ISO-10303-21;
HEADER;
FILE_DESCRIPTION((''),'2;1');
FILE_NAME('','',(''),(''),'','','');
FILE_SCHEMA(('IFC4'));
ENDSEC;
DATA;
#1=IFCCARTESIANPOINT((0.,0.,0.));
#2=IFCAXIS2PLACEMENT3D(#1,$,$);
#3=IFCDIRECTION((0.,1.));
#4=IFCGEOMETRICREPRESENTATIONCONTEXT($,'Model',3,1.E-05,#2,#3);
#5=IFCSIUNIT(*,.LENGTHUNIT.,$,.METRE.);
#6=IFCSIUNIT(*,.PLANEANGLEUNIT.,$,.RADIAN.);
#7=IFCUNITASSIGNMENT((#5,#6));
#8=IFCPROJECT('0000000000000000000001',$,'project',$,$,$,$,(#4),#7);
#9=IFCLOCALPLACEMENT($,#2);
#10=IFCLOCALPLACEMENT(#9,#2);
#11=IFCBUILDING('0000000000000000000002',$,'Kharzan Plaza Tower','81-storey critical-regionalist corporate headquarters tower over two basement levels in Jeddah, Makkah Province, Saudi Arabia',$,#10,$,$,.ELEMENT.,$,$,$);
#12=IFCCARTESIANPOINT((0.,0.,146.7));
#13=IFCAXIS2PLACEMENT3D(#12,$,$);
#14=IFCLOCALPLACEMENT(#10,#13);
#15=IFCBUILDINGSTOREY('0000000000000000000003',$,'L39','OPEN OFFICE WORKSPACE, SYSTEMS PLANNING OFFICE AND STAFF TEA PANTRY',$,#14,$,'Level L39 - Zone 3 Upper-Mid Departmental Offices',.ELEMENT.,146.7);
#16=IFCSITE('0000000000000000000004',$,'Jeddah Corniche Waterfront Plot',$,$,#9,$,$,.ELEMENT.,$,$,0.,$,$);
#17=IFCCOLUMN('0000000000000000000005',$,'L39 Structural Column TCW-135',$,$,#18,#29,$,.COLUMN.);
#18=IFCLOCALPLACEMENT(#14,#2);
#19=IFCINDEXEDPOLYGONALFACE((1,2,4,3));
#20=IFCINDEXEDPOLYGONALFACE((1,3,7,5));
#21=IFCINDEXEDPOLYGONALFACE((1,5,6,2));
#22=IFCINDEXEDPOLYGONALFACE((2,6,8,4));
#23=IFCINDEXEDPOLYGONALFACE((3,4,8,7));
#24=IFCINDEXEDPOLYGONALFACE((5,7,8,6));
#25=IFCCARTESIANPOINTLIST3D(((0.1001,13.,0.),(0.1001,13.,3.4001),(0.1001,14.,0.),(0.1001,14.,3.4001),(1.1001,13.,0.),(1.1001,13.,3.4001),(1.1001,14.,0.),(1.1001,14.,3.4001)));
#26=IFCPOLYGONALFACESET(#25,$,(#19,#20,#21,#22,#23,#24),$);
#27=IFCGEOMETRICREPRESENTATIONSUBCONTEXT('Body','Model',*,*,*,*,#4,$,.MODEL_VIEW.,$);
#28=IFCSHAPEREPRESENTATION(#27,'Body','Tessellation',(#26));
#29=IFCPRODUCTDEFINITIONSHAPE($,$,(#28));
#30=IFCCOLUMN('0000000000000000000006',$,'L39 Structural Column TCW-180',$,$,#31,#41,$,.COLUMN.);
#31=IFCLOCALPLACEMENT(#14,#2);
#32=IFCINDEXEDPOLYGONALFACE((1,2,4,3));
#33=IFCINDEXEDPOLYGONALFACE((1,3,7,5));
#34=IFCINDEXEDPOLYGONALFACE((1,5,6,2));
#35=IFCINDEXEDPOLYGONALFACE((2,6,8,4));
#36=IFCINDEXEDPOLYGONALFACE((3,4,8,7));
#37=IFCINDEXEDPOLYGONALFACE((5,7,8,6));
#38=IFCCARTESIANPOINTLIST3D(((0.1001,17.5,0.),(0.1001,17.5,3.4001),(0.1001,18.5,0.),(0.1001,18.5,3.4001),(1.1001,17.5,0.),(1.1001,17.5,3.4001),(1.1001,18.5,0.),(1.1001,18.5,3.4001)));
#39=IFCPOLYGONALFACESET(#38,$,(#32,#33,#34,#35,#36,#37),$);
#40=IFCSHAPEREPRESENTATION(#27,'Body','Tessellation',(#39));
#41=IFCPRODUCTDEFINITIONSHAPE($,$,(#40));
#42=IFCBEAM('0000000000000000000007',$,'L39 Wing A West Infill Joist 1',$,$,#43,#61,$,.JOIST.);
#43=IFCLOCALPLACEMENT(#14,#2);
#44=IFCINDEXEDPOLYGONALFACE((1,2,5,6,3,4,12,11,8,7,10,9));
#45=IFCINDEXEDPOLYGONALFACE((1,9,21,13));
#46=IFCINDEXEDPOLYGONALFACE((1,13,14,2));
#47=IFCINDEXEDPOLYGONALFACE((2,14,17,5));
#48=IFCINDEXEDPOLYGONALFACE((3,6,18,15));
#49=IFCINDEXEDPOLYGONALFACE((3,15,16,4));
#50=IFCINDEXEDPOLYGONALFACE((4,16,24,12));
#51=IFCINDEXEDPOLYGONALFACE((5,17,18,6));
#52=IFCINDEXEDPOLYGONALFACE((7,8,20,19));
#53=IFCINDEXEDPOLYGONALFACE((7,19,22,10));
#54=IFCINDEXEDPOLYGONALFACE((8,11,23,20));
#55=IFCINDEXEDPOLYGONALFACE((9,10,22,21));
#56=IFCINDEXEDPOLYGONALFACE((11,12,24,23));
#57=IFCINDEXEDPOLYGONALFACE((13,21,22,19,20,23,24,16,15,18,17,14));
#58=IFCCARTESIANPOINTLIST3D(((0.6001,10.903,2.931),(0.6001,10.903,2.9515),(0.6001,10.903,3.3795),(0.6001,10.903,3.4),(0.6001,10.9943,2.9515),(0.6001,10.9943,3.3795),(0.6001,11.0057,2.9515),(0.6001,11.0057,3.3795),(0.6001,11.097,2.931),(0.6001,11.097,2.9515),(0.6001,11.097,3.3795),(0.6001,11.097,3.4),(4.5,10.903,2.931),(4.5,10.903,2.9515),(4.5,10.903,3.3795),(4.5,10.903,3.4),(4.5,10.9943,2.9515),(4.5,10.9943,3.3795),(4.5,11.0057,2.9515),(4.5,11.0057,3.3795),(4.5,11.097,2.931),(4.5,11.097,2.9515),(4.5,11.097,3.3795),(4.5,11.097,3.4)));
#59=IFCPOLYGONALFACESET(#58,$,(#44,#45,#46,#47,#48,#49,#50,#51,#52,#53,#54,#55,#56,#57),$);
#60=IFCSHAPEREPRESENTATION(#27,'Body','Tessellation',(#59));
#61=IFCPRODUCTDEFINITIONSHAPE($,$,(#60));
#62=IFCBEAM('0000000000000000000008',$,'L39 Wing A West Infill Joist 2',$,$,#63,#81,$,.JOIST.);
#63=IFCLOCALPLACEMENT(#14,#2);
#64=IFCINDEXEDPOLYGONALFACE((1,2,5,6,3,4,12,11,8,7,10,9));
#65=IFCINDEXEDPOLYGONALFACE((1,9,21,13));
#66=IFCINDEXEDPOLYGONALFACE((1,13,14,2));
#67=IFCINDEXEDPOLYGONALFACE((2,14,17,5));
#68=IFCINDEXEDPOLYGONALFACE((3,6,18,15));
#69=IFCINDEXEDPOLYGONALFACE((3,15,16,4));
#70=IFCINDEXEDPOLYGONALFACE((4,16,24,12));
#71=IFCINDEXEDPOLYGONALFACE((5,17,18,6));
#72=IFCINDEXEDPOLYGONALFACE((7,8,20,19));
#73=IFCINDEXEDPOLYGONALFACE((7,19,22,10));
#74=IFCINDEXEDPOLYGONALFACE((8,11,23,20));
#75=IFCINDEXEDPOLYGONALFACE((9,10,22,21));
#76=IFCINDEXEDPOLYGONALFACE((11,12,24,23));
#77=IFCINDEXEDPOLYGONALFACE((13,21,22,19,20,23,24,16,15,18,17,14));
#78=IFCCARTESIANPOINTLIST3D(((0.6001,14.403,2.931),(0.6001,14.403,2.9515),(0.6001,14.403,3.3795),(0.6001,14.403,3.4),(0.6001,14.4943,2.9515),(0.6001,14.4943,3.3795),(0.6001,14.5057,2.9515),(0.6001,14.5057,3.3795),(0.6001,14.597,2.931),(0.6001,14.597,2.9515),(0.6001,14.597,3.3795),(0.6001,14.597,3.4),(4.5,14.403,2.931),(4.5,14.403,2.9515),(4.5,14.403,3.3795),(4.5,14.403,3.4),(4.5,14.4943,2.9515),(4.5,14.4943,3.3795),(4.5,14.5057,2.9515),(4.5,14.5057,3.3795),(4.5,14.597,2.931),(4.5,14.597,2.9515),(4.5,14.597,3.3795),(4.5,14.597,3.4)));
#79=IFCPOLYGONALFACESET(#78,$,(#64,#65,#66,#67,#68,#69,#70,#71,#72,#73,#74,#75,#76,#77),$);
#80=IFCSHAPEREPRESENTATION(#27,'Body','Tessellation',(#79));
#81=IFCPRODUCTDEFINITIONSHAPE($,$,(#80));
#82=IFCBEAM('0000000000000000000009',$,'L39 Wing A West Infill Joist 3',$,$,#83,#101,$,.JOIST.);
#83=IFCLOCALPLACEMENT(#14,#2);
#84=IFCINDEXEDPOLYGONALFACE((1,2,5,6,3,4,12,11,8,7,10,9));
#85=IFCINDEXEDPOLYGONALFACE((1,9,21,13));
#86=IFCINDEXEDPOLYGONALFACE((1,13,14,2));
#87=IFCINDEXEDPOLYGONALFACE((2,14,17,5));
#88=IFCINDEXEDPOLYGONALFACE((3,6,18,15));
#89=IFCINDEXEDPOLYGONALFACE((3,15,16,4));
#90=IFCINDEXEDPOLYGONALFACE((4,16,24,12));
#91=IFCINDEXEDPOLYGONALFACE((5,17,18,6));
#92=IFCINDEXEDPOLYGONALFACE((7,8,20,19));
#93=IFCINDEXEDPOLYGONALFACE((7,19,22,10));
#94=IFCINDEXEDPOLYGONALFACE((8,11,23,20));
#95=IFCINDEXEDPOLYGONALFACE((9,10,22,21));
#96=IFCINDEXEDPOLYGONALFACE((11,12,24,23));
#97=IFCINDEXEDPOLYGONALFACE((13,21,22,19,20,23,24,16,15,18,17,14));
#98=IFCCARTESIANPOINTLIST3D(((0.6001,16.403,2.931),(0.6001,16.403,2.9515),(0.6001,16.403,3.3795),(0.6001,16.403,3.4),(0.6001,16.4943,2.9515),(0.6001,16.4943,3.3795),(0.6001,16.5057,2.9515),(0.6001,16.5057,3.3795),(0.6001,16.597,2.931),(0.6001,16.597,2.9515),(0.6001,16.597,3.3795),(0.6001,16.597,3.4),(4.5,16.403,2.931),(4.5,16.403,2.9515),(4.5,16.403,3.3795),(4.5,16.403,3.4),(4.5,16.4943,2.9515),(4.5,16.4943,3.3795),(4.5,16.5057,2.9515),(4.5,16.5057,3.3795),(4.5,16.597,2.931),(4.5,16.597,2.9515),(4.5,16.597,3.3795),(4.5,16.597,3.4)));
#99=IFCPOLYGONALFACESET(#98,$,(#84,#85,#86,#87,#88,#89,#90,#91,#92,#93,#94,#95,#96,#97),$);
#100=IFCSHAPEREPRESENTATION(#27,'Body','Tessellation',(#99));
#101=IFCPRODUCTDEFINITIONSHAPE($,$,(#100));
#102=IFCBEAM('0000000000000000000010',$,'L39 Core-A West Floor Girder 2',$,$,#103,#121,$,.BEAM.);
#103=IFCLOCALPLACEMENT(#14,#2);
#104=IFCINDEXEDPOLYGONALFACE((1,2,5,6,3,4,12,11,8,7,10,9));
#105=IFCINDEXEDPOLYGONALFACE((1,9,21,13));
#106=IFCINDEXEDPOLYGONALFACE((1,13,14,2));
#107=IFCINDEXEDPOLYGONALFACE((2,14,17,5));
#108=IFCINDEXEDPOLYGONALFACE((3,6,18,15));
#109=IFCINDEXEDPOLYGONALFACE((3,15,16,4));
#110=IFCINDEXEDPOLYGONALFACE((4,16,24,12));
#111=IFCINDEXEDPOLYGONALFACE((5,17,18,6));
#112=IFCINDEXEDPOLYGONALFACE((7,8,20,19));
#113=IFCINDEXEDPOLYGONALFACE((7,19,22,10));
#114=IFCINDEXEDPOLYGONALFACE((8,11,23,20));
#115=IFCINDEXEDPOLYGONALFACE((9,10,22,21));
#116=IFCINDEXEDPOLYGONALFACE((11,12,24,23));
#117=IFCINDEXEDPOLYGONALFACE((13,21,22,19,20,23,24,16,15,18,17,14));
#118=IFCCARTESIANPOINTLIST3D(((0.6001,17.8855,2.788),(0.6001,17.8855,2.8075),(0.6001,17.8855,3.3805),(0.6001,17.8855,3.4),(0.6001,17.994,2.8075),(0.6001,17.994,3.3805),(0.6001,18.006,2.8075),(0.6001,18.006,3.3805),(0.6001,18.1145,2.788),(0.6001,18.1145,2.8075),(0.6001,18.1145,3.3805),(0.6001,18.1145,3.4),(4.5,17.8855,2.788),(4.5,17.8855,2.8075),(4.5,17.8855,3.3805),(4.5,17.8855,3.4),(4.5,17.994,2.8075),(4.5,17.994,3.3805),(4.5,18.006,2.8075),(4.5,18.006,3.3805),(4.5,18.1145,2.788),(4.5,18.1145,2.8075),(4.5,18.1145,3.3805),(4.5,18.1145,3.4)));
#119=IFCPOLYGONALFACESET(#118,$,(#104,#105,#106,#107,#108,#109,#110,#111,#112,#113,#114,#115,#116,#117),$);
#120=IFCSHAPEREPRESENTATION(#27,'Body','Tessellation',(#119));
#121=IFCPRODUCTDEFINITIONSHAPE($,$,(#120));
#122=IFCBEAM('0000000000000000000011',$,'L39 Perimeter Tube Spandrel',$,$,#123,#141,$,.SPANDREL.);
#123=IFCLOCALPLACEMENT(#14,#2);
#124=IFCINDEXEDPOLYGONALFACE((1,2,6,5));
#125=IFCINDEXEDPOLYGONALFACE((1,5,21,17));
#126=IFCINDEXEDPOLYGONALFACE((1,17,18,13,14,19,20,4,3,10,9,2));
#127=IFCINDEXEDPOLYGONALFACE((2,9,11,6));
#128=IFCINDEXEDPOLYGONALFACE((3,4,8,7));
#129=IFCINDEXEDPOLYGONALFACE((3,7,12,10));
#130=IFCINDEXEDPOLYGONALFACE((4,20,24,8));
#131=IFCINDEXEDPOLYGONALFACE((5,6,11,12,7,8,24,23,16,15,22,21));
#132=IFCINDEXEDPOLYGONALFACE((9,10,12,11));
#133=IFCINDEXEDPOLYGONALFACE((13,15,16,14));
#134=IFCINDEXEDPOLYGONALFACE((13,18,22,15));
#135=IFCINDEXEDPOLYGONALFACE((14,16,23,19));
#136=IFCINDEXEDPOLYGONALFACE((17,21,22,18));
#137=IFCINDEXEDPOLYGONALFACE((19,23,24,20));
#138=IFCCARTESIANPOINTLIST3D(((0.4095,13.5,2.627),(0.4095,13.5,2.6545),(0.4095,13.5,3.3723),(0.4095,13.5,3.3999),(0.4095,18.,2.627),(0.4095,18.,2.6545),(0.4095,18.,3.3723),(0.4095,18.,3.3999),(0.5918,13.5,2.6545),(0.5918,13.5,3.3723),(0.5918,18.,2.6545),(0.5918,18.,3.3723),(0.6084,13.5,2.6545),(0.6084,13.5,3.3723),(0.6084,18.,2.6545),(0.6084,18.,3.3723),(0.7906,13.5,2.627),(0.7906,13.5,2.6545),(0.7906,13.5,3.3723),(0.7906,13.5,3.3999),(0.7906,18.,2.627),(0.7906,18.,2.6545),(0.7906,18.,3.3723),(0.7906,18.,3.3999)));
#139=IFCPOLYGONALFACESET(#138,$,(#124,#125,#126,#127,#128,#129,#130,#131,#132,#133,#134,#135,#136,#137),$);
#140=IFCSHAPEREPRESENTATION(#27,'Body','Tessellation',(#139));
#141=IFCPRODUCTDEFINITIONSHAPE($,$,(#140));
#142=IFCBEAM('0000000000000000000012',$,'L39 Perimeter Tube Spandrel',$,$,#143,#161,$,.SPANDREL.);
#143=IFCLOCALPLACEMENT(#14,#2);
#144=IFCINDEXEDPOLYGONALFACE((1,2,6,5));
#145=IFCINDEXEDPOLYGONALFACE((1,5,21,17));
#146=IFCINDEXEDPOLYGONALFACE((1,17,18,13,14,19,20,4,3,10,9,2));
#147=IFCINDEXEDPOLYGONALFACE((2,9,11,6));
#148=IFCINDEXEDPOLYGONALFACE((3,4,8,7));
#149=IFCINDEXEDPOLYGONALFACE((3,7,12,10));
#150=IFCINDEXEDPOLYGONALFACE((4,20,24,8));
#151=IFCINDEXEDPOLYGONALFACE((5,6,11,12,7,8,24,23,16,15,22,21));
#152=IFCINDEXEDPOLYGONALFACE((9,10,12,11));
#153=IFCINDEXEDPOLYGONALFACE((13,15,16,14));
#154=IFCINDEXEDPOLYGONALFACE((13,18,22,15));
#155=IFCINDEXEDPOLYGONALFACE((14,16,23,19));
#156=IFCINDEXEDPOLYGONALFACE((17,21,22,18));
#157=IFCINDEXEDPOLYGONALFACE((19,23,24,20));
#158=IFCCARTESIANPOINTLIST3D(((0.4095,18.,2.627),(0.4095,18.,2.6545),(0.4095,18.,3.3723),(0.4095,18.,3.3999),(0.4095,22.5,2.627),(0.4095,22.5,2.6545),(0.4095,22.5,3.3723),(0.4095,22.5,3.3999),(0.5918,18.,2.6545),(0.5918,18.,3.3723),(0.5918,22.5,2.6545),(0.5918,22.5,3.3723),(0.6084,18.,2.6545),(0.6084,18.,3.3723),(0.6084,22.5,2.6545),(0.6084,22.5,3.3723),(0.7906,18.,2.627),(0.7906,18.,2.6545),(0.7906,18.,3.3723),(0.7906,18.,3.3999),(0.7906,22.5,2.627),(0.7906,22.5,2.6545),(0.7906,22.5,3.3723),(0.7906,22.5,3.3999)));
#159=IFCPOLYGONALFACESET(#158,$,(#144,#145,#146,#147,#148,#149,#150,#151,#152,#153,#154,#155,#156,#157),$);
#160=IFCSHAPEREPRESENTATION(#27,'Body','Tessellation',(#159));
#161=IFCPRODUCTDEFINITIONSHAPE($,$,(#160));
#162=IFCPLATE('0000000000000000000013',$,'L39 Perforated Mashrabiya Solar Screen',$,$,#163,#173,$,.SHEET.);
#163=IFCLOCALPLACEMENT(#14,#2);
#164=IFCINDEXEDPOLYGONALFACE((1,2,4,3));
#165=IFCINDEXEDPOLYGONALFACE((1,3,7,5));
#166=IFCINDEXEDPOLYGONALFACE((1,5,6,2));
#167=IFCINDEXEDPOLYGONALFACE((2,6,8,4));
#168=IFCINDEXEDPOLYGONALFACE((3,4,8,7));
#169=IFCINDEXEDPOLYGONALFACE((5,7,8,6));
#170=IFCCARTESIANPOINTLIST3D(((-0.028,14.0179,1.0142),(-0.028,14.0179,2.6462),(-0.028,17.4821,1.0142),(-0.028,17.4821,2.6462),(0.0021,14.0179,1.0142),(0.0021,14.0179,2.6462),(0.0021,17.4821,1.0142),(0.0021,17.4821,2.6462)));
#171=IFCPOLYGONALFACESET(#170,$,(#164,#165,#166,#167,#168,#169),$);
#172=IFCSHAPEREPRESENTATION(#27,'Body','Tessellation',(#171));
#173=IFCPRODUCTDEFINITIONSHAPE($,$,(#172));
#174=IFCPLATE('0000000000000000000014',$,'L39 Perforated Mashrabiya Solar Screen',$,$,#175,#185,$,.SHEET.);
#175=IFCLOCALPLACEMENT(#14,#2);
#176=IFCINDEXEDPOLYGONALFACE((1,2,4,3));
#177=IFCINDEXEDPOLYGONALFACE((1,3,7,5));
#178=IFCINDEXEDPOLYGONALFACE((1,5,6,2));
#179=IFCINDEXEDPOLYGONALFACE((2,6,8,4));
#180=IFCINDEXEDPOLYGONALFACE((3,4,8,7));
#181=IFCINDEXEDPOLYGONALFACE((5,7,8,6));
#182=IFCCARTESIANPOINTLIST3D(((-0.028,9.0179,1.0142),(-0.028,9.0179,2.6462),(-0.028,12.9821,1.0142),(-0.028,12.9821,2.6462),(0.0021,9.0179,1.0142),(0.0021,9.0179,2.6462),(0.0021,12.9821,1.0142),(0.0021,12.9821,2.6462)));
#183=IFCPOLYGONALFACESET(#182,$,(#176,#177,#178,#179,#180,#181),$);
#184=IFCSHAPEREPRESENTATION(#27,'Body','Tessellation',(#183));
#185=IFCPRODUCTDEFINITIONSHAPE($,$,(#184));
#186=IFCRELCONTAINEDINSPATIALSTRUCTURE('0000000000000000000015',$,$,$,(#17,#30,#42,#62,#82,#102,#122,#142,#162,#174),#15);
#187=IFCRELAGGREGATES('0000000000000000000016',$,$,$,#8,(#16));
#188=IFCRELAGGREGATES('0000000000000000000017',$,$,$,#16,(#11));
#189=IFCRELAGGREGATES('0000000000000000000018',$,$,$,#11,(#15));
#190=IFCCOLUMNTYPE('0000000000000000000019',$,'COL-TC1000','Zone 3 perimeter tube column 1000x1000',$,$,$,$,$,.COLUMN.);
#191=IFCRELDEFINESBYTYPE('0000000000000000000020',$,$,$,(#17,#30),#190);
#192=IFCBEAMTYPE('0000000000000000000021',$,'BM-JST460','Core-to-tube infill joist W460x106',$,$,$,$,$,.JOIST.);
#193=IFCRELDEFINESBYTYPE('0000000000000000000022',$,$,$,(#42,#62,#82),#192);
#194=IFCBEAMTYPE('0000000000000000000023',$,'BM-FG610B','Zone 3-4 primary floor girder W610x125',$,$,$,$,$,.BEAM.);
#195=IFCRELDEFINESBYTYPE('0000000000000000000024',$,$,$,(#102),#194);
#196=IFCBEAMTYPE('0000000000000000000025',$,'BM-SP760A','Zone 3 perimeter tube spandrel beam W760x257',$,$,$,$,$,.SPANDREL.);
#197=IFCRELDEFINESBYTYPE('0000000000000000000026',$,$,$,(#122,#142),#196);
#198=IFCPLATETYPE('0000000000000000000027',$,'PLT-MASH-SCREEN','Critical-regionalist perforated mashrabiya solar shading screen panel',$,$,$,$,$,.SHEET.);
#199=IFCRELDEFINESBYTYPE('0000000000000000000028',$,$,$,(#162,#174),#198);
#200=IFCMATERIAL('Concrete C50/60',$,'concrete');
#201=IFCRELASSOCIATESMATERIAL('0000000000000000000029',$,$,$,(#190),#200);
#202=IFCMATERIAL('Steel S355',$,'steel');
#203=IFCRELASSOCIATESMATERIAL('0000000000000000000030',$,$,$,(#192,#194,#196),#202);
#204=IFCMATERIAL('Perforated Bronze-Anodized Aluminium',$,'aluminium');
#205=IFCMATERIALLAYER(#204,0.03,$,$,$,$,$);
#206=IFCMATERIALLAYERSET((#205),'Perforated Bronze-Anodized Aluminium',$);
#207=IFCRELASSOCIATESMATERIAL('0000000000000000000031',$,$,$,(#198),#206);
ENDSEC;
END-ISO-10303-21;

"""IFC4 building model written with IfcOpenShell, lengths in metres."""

from ifc_helpers import new_model, si_unit, direction, frame, origin, origin_2d, place, context, subcontext, project, spatial, rectangle, i_section, extrude, source, transform, mapped, material, layer, layer_set, material_profile, profile_set, type_object, element, save


model = new_model("IFC4")

# Units and contexts
model_context = context("Model", 3, precision=1e-05, world=origin(), true_north=direction((0.0, 1.0)))
body_context = subcontext(model_context, "Body", "Model", "MODEL_VIEW")
ifc_project = project(units=[si_unit("LENGTHUNIT", "METRE"), si_unit("PLANEANGLEUNIT", "RADIAN")], contexts=[model_context])

# Site, building, storey
site_placement = place(None, origin())
site = spatial("IfcSite", under=ifc_project, at=site_placement, Name="Jeddah Corniche Waterfront Plot", CompositionType="ELEMENT", RefElevation=0.0)
building_placement = place(site_placement, origin())
building = spatial("IfcBuilding", under=site, at=building_placement, Name="Kharzan Plaza Tower", Description="81-storey critical-regionalist corporate headquarters tower over two basement levels in Jeddah, Makkah Province, Saudi Arabia", CompositionType="ELEMENT")
storey_placement = place(building_placement, frame((0.0, 0.0, 146.7)))
storey = spatial("IfcBuildingStorey", under=building, at=storey_placement, Name="L39", Description="OPEN OFFICE WORKSPACE, SYSTEMS PLANNING OFFICE AND STAFF TEA PANTRY", LongName="Level L39 - Zone 3 Upper-Mid Departmental Offices", CompositionType="ELEMENT", Elevation=146.7)

# Columns
ifc_material_1 = material(Name="Concrete C50/60", Category="concrete")
ifc_material_profile_1 = material_profile(ifc_material_1, rectangle(XDim=1.0, YDim=1.0, at=origin_2d()), Name="RC-TC1000x1000")
ifc_profile_set_1 = profile_set([ifc_material_profile_1], Name="Concrete C50/60")
column_type = type_object("IfcColumnType", Name="COL-TC1000", Description="Zone 3 perimeter tube column 1000x1000", PredefinedType="COLUMN", material=ifc_profile_set_1)
shared_shape_1 = source(origin(), body_context, "Body", "SweptSolid", [
    extrude(rectangle(XDim=1.0, YDim=1.0, at=origin_2d()), origin(), (0.0, 0.0, 1.0), 3.4001),
])
for number, where, z_axis, x_axis, name in (
    (1, (0.6001, 13.5, 0.0), (0.0, 0.0, 1.0), (1.0, 0.0, 0.0), "L39 Structural Column TCW-135"),
    (2, (0.6001, 18.0, 0.0), (0.0, 0.0, 1.0), (1.0, 0.0, 0.0), "L39 Structural Column TCW-180"),
):
    element("IfcColumn", number, at=place(storey_placement, frame(where, z_axis=z_axis, x_axis=x_axis)), inside=storey, type_object=column_type, Name=name, PredefinedType="COLUMN", context=body_context, shape_type="MappedRepresentation", body=[
        mapped(shared_shape_1, transform((0.0, 0.0, 0.0), x_axis=(1.0, 0.0, 0.0), y_axis=(0.0, 1.0, 0.0), z_axis=(0.0, 0.0, 1.0))),
    ])

# Beams
ifc_material_2 = material(Name="Steel S355", Category="steel")
ifc_material_profile_2 = material_profile(ifc_material_2, i_section(OverallWidth=0.1941, OverallDepth=0.469, WebThickness=0.0115, FlangeThickness=0.0205, at=origin_2d()), Name="W460x106")
ifc_profile_set_2 = profile_set([ifc_material_profile_2], Name="Steel S355")
beam_type_1 = type_object("IfcBeamType", Name="BM-JST460", Description="Core-to-tube infill joist W460x106", PredefinedType="JOIST", material=ifc_profile_set_2)
shared_shape_2 = source(origin(), body_context, "Body", "SweptSolid", [
    extrude(i_section(OverallWidth=0.1941, OverallDepth=0.469, WebThickness=0.0115, FlangeThickness=0.0205, at=origin_2d()), origin(), (0.0, 0.0, 1.0), 3.8999),
])
for number, where, z_axis, x_axis, name in (
    (3, (0.6001, 11.0, 3.1655), (1.0, 0.0, 0.0), (0.0, 1.0, 0.0), "L39 Wing A West Infill Joist 1"),
    (4, (0.6001, 14.5, 3.1655), (1.0, 0.0, 0.0), (0.0, 1.0, 0.0), "L39 Wing A West Infill Joist 2"),
    (5, (0.6001, 16.5, 3.1655), (1.0, 0.0, 0.0), (0.0, 1.0, 0.0), "L39 Wing A West Infill Joist 3"),
):
    element("IfcBeam", number, at=place(storey_placement, frame(where, z_axis=z_axis, x_axis=x_axis)), inside=storey, type_object=beam_type_1, Name=name, PredefinedType="JOIST", context=body_context, shape_type="MappedRepresentation", body=[
        mapped(shared_shape_2, transform((0.0, 0.0, 0.0), x_axis=(1.0, 0.0, 0.0), y_axis=(0.0, 1.0, 0.0), z_axis=(0.0, 0.0, 1.0))),
    ])
ifc_material_profile_3 = material_profile(ifc_material_2, i_section(OverallWidth=0.229, OverallDepth=0.6121, WebThickness=0.012, FlangeThickness=0.0195, at=origin_2d()), Name="W610x125")
ifc_profile_set_3 = profile_set([ifc_material_profile_3], Name="Steel S355")
beam_type_2 = type_object("IfcBeamType", Name="BM-FG610B", Description="Zone 3-4 primary floor girder W610x125", PredefinedType="BEAM", material=ifc_profile_set_3)
shared_shape_3 = source(origin(), body_context, "Body", "SweptSolid", [
    extrude(i_section(OverallWidth=0.229, OverallDepth=0.6121, WebThickness=0.012, FlangeThickness=0.0195, at=origin_2d()), origin(), (0.0, 0.0, 1.0), 3.8999),
])
beam_placement = place(storey_placement, frame((0.6001, 18.0, 3.094), z_axis=(1.0, 0.0, 0.0), x_axis=(0.0, 1.0, 0.0)))
element("IfcBeam", 6, at=beam_placement, inside=storey, type_object=beam_type_2, Name="L39 Core-A West Floor Girder 2", PredefinedType="BEAM", context=body_context, shape_type="MappedRepresentation", body=[
    mapped(shared_shape_3, transform((0.0, 0.0, 0.0), x_axis=(1.0, 0.0, 0.0), y_axis=(0.0, 1.0, 0.0), z_axis=(0.0, 0.0, 1.0))),
])
ifc_material_profile_4 = material_profile(ifc_material_2, i_section(OverallWidth=0.3811, OverallDepth=0.7729, WebThickness=0.0166, FlangeThickness=0.0276, at=origin_2d()), Name="W760x257")
ifc_profile_set_4 = profile_set([ifc_material_profile_4], Name="Steel S355")
beam_type_3 = type_object("IfcBeamType", Name="BM-SP760A", Description="Zone 3 perimeter tube spandrel beam W760x257", PredefinedType="SPANDREL", material=ifc_profile_set_4)
shared_shape_4 = source(origin(), body_context, "Body", "SweptSolid", [
    extrude(i_section(OverallWidth=0.3811, OverallDepth=0.7729, WebThickness=0.0166, FlangeThickness=0.0276, at=origin_2d()), origin(), (0.0, 0.0, 1.0), 4.5),
])
for number, where, z_axis, x_axis, name in (
    (7, (0.6001, 13.5, 3.0134), (0.0, 1.0, 0.0), (-1.0, 0.0, 0.0), "L39 Perimeter Tube Spandrel"),
    (8, (0.6001, 18.0, 3.0134), (0.0, 1.0, 0.0), (-1.0, 0.0, 0.0), "L39 Perimeter Tube Spandrel"),
):
    element("IfcBeam", number, at=place(storey_placement, frame(where, z_axis=z_axis, x_axis=x_axis)), inside=storey, type_object=beam_type_3, Name=name, PredefinedType="SPANDREL", context=body_context, shape_type="MappedRepresentation", body=[
        mapped(shared_shape_4, transform((0.0, 0.0, 0.0), x_axis=(1.0, 0.0, 0.0), y_axis=(0.0, 1.0, 0.0), z_axis=(0.0, 0.0, 1.0))),
    ])

# Plates
ifc_material_3 = material(Name="Perforated Bronze-Anodized Aluminium", Category="aluminium")
ifc_layer_1 = layer(ifc_material_3, 0.03)
ifc_layer_set_1 = layer_set([ifc_layer_1], Name="Perforated Bronze-Anodized Aluminium")
plate_type = type_object("IfcPlateType", Name="PLT-MASH-SCREEN", Description="Critical-regionalist perforated mashrabiya solar shading screen panel", PredefinedType="SHEET", material=ifc_layer_set_1)
shared_shape_5 = source(origin(), body_context, "Body", "SweptSolid", [
    extrude(rectangle(XDim=3.4641, YDim=0.03, at=origin_2d()), origin(), (0.0, 0.0, 1.0), 1.6321),
])
plate_1_placement = place(storey_placement, frame((-0.0129, 15.75, 1.0142), z_axis=(0.0, 0.0, 1.0), x_axis=(0.0, -1.0, 0.0)))
element("IfcPlate", 9, at=plate_1_placement, inside=storey, type_object=plate_type, Name="L39 Perforated Mashrabiya Solar Screen", PredefinedType="SHEET", context=body_context, shape_type="MappedRepresentation", body=[
    mapped(shared_shape_5, transform((0.0, 0.0, 0.0), x_axis=(1.0, 0.0, 0.0), y_axis=(0.0, 1.0, 0.0), z_axis=(0.0, 0.0, 1.0))),
])
shared_shape_6 = source(origin(), body_context, "Body", "SweptSolid", [
    extrude(rectangle(XDim=3.9641, YDim=0.03, at=origin_2d()), origin(), (0.0, 0.0, 1.0), 1.6321),
])
plate_2_placement = place(storey_placement, frame((-0.0129, 11.0, 1.0142), z_axis=(0.0, 0.0, 1.0), x_axis=(0.0, -1.0, 0.0)))
element("IfcPlate", 10, at=plate_2_placement, inside=storey, type_object=plate_type, Name="L39 Perforated Mashrabiya Solar Screen", PredefinedType="SHEET", context=body_context, shape_type="MappedRepresentation", body=[
    mapped(shared_shape_6, transform((0.0, 0.0, 0.0), x_axis=(1.0, 0.0, 0.0), y_axis=(0.0, 1.0, 0.0), z_axis=(0.0, 0.0, 1.0))),
])

save(model, "model.ifc")
